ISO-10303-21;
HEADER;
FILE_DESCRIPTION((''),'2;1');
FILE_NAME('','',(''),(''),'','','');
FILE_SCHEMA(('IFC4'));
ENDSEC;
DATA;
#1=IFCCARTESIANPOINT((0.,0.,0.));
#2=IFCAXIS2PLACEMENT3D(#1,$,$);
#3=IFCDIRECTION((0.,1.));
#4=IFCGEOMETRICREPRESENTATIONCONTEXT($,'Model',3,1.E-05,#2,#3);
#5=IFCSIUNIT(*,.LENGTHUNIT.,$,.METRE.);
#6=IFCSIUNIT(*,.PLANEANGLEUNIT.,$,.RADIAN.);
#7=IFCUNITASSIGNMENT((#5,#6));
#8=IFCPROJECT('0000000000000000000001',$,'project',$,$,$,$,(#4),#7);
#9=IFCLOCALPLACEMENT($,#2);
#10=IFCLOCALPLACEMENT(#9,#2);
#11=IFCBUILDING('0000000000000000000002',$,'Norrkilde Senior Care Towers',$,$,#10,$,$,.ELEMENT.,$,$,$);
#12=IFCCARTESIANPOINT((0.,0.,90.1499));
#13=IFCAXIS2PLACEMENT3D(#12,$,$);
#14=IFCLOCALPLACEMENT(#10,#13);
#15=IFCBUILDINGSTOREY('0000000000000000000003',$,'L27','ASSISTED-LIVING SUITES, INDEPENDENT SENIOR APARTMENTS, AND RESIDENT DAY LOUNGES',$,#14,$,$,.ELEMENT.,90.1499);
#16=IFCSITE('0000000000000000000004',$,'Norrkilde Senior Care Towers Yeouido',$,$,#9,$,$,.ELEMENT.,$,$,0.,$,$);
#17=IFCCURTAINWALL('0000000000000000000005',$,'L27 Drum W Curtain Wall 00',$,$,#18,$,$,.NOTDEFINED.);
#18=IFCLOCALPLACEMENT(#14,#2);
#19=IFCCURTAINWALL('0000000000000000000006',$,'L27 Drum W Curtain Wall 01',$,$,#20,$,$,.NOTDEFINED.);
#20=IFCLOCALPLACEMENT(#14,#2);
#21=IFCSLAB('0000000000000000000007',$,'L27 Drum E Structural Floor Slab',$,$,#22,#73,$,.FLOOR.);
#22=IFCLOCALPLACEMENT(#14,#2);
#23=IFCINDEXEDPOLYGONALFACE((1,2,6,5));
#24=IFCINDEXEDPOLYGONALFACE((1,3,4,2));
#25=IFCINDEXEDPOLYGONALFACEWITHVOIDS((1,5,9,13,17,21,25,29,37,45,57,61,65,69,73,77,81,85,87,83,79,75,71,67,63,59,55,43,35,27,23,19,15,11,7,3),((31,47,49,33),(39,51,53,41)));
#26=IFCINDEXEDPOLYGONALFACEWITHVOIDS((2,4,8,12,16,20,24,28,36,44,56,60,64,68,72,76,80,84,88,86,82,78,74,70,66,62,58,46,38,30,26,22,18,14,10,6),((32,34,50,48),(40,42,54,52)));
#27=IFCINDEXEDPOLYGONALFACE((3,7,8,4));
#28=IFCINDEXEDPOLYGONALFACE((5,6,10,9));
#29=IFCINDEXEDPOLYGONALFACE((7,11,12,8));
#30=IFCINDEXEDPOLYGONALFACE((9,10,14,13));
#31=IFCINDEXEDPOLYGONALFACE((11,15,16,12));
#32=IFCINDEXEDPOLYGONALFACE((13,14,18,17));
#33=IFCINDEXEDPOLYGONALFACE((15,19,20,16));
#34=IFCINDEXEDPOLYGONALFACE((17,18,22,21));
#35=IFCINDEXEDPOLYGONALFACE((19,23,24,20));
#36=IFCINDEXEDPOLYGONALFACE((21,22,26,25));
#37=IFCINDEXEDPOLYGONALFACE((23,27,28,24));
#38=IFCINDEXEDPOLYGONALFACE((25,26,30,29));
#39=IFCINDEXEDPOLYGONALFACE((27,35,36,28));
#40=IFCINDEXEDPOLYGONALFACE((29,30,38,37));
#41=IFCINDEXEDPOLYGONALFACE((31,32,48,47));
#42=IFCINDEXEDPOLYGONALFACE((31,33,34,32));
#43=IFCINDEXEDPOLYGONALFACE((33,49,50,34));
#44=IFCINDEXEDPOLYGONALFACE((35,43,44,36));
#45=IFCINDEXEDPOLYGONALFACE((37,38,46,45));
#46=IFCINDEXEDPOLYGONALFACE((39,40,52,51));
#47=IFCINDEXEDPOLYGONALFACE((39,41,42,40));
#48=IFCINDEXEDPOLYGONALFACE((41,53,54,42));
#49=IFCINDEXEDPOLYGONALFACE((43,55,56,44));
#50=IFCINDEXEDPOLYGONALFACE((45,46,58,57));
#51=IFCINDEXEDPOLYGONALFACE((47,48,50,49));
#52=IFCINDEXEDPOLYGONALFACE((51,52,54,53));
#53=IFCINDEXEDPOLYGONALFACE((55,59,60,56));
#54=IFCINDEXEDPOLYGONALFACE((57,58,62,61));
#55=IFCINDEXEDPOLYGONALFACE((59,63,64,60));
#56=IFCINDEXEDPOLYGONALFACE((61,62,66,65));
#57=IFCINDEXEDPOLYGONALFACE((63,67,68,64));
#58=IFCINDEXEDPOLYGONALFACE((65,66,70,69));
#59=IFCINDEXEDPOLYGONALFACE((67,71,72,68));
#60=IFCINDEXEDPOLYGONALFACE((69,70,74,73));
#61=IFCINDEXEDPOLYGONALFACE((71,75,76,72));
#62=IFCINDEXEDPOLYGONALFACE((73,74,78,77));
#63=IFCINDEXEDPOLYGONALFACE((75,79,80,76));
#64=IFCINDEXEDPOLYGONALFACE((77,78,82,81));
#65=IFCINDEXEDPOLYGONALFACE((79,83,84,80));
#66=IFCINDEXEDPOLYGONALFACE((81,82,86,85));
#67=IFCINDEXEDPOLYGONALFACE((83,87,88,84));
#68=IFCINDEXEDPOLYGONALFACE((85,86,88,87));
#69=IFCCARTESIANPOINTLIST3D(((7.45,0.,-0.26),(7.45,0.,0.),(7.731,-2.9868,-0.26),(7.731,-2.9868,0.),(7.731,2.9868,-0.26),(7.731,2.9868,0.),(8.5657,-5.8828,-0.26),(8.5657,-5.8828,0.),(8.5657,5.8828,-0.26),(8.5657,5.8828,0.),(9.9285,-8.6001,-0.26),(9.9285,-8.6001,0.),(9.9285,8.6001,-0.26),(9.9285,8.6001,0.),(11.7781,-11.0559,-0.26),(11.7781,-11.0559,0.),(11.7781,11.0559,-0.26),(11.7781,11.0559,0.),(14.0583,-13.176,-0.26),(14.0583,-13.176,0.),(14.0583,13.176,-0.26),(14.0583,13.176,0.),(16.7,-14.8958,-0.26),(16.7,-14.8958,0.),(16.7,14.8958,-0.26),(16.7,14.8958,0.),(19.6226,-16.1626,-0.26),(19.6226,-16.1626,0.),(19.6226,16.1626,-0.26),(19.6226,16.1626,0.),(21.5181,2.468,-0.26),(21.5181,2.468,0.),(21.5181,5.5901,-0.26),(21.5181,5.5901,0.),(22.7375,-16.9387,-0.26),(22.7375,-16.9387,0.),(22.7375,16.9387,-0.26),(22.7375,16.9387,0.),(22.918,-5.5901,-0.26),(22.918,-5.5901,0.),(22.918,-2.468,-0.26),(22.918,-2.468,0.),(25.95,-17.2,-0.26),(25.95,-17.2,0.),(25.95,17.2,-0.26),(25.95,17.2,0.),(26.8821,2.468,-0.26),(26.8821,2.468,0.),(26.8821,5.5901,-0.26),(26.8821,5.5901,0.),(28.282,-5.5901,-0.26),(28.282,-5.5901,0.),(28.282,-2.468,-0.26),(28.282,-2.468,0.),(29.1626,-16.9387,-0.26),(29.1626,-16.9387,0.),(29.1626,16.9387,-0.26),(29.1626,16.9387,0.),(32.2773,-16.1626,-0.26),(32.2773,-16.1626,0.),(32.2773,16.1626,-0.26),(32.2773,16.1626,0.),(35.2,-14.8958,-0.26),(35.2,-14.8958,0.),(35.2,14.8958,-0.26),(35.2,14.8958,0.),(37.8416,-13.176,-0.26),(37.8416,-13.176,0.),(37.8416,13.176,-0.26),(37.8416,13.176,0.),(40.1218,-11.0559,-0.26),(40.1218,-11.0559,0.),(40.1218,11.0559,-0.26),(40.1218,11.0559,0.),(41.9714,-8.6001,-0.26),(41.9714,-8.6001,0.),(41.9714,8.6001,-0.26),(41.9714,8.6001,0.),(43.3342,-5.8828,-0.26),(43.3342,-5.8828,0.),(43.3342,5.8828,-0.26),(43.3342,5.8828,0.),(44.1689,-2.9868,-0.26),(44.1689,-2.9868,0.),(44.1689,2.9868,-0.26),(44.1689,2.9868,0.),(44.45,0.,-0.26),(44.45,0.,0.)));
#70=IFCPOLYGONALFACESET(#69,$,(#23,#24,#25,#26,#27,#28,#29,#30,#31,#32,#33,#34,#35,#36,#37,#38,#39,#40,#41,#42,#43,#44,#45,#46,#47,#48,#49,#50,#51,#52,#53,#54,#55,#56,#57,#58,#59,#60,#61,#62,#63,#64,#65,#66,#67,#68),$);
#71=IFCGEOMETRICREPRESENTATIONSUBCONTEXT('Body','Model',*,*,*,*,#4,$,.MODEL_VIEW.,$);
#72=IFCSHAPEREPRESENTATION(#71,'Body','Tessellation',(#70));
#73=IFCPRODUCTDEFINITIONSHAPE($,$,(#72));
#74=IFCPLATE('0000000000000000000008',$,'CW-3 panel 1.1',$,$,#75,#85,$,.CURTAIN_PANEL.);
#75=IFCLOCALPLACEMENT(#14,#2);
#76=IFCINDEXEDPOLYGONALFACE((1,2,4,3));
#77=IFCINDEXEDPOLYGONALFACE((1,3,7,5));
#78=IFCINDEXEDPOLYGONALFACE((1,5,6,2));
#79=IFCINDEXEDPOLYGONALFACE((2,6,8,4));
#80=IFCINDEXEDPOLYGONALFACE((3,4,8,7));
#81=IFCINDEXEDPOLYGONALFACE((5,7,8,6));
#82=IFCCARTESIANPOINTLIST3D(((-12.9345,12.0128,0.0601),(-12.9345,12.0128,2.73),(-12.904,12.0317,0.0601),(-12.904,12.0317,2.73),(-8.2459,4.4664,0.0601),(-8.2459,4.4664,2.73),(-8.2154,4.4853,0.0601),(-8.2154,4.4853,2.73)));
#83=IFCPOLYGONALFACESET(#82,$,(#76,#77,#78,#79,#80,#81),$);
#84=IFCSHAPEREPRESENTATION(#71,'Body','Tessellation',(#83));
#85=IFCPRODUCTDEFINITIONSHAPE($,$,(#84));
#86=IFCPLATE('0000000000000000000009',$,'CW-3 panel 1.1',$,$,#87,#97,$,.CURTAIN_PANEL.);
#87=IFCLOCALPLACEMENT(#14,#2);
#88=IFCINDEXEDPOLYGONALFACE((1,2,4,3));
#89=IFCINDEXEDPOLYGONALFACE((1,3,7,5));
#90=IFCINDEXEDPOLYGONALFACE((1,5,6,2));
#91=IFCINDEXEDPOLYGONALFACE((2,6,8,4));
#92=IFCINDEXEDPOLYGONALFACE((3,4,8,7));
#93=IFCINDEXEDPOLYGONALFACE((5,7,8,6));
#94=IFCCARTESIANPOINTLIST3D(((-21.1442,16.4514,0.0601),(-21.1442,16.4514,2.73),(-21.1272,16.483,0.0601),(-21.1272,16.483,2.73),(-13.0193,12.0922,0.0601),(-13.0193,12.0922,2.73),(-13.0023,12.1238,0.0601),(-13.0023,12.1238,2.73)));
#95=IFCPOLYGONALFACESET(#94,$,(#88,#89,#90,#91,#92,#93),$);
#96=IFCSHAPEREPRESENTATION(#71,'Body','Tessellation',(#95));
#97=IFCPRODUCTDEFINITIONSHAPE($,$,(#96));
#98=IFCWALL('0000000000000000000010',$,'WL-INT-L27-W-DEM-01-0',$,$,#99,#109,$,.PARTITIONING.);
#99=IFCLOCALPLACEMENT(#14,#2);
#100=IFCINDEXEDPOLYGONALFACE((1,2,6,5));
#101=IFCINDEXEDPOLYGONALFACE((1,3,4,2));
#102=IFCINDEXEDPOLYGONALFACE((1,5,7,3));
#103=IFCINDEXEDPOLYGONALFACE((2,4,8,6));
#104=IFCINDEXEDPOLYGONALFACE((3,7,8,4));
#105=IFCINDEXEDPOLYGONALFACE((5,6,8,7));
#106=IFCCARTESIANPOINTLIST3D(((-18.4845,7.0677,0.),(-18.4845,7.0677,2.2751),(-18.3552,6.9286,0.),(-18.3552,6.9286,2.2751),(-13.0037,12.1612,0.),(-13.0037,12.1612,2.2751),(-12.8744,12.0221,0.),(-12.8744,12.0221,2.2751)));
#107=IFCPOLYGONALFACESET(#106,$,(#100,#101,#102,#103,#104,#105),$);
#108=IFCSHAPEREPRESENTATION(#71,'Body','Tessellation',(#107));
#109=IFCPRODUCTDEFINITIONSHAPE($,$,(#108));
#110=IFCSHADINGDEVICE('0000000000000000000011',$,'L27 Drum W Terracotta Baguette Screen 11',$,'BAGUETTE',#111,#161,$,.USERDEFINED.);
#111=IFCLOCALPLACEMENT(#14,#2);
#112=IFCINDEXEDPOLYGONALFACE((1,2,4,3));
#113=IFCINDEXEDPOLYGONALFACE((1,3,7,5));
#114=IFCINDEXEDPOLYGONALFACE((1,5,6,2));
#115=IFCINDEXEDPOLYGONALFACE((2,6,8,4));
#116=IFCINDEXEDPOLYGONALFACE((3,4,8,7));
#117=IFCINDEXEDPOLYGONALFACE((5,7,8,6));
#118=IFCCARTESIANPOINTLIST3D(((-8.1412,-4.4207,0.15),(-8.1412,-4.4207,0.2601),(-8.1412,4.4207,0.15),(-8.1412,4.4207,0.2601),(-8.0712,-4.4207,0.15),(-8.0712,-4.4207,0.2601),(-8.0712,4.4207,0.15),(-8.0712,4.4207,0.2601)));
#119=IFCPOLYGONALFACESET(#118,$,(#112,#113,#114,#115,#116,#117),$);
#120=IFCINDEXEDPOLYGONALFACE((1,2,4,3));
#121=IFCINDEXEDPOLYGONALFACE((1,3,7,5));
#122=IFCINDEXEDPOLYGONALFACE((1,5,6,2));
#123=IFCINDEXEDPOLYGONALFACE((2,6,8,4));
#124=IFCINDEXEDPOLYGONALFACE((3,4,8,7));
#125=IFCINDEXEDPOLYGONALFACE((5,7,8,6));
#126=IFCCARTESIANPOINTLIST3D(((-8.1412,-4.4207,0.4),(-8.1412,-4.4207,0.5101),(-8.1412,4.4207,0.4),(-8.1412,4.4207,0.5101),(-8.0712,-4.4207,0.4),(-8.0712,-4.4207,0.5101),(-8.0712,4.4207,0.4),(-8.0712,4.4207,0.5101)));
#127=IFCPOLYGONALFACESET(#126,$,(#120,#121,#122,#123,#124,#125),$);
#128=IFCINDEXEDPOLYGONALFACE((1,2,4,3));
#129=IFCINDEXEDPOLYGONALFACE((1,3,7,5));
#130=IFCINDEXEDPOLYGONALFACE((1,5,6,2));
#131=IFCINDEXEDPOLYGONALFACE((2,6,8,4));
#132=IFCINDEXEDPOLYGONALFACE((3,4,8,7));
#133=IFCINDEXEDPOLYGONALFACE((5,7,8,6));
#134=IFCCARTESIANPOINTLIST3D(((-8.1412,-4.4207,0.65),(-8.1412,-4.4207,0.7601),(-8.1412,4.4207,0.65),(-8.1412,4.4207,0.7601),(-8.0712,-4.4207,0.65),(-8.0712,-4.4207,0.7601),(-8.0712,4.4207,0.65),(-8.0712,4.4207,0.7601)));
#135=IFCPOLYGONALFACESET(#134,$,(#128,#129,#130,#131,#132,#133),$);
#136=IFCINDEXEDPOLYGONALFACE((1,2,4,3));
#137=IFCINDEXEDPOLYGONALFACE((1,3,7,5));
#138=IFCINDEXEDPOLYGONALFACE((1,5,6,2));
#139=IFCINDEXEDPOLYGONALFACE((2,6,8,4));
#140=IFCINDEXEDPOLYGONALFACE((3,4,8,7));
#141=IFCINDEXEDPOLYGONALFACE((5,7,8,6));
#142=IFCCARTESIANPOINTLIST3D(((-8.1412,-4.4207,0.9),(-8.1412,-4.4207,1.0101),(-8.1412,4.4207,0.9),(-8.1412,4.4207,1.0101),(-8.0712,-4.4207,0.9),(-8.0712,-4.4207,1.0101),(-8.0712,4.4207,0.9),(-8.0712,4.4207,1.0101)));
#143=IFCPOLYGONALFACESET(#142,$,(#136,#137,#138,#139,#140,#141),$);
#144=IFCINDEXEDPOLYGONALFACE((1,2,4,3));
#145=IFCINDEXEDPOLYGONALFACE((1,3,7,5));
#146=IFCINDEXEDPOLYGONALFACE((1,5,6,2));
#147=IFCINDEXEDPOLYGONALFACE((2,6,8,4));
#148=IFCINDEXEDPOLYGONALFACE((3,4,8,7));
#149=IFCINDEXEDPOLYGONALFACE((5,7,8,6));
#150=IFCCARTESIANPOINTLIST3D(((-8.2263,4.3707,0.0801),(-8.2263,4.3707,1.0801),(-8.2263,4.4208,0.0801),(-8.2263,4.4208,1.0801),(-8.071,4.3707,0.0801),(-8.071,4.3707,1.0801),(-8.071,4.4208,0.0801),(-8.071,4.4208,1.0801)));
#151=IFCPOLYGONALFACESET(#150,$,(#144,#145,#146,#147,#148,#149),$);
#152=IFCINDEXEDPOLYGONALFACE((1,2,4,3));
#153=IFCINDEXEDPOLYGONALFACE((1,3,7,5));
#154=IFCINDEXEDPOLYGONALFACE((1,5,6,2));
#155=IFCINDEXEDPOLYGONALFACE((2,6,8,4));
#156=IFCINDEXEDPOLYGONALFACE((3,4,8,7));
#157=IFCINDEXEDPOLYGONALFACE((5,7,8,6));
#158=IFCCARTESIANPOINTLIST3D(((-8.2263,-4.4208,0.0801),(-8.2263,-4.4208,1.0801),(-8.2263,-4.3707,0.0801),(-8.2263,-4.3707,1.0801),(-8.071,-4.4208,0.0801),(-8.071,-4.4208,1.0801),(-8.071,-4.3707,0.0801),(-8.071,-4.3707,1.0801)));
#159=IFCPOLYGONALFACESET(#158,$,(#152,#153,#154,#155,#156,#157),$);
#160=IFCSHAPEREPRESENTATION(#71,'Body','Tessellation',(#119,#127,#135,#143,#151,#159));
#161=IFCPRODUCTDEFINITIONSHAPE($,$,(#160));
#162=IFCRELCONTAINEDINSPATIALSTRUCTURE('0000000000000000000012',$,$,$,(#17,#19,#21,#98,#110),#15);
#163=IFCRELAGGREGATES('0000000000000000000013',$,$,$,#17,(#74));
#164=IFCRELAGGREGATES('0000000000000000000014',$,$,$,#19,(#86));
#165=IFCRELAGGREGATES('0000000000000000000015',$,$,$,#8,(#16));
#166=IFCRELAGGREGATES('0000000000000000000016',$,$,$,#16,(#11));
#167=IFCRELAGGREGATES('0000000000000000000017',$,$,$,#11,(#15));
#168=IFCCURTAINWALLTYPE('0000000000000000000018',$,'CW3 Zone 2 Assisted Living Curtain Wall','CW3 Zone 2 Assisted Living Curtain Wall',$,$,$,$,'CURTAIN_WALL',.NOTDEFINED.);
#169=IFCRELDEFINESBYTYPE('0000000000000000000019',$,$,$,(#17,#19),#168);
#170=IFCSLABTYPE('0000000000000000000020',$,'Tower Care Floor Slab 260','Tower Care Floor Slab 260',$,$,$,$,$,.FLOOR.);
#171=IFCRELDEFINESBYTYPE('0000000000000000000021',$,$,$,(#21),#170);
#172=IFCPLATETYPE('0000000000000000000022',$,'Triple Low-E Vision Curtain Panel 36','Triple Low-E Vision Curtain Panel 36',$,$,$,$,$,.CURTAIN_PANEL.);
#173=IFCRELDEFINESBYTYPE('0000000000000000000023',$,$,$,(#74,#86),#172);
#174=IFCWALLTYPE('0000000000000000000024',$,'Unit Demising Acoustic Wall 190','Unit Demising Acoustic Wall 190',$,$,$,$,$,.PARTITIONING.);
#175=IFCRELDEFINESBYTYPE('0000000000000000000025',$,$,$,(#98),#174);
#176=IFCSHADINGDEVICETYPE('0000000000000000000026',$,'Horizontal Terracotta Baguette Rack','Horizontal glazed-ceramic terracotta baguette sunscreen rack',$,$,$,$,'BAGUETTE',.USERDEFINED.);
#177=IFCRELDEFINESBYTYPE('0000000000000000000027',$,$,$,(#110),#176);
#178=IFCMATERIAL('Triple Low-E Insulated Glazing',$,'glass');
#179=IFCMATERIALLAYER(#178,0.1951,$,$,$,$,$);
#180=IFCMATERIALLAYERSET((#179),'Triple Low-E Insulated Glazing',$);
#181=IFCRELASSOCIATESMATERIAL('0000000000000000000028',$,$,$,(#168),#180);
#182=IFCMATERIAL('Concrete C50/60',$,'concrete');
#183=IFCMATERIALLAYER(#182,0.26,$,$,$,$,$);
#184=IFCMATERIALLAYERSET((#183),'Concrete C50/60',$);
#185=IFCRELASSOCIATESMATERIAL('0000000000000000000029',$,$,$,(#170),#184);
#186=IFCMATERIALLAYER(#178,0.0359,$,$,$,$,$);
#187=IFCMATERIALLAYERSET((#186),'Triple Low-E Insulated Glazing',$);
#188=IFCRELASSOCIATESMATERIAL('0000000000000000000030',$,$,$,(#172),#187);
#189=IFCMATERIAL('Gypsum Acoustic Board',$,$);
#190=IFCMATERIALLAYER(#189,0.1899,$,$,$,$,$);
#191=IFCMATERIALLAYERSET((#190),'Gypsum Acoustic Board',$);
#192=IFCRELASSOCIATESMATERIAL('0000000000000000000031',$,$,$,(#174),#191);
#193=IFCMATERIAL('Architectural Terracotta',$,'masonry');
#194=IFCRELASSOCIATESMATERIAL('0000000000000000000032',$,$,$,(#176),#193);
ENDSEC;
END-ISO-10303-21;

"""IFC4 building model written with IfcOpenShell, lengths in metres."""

from ifc_helpers import new_model, si_unit, direction, frame, frame_2d, origin, origin_2d, place, context, subcontext, project, spatial, polyline, rectangle, outline, extrude, source, transform, mapped, material, layer, layer_set, type_object, type_shapes, element, aggregate, save


model = new_model("IFC4")

# Units and contexts
model_context = context("Model", 3, precision=1e-05, world=origin(), true_north=direction((0.0, 1.0)))
body_context = subcontext(model_context, "Body", "Model", "MODEL_VIEW")
ifc_project = project(units=[si_unit("LENGTHUNIT", "METRE"), si_unit("PLANEANGLEUNIT", "RADIAN")], contexts=[model_context])

# Site, building, storey
site_placement = place(None, origin())
site = spatial("IfcSite", under=ifc_project, at=site_placement, Name="Norrkilde Senior Care Towers Yeouido", CompositionType="ELEMENT", RefElevation=0.0)
building_placement = place(site_placement, origin())
building = spatial("IfcBuilding", under=site, at=building_placement, Name="Norrkilde Senior Care Towers", CompositionType="ELEMENT")
storey_placement = place(building_placement, frame((0.0, 0.0, 90.1499)))
storey = spatial("IfcBuildingStorey", under=building, at=storey_placement, Name="L27", Description="ASSISTED-LIVING SUITES, INDEPENDENT SENIOR APARTMENTS, AND RESIDENT DAY LOUNGES", CompositionType="ELEMENT", Elevation=90.1499)

# Curtain wall
ifc_material_1 = material(Name="Triple Low-E Insulated Glazing", Category="glass")
ifc_layer_1 = layer(ifc_material_1, 0.1951)
ifc_layer_set_1 = layer_set([ifc_layer_1], Name="Triple Low-E Insulated Glazing")
curtain_wall_type = type_object("IfcCurtainWallType", Name="CW3 Zone 2 Assisted Living Curtain Wall", Description="CW3 Zone 2 Assisted Living Curtain Wall", ElementType="CURTAIN_WALL", PredefinedType="NOTDEFINED", material=ifc_layer_set_1)
curtain_wall_1_placement = place(storey_placement, origin())
curtain_wall_1 = element("IfcCurtainWall", 1, at=curtain_wall_1_placement, inside=storey, type_object=curtain_wall_type, Name="L27 Drum W Curtain Wall 00", PredefinedType="NOTDEFINED")

# Curtain wall
curtain_wall_2_placement = place(storey_placement, origin())
curtain_wall_2 = element("IfcCurtainWall", 2, at=curtain_wall_2_placement, inside=storey, type_object=curtain_wall_type, Name="L27 Drum W Curtain Wall 01", PredefinedType="NOTDEFINED")

# Shared definitions
ifc_material_2 = material(Name="Concrete C50/60", Category="concrete")

# Slab
ifc_layer_2 = layer(ifc_material_2, 0.26)
ifc_layer_set_2 = layer_set([ifc_layer_2], Name="Concrete C50/60")
slab_type_1 = type_object("IfcSlabType", Name="Tower Care Floor Slab 260", Description="Tower Care Floor Slab 260", PredefinedType="FLOOR", material=ifc_layer_set_2)
slab_1_placement = place(storey_placement, frame((0.0, 0.0, -0.26)))
element("IfcSlab", 3, at=slab_1_placement, inside=storey, type_object=slab_type_1, Name="L27 Drum E Structural Floor Slab", PredefinedType="FLOOR", context=body_context, shape_type="SweptSolid", body=[
    extrude(outline(polyline([(43.3342, -5.8828), (41.9714, -8.6001), (40.1218, -11.0559), (37.8416, -13.176), (35.2, -14.8958), (32.2773, -16.1626), (29.1626, -16.9387), (25.95, -17.2), (22.7375, -16.9387), (19.6226, -16.1626), (16.7, -14.8958), (14.0583, -13.176), (11.7781, -11.0559), (9.9285, -8.6001), (8.5657, -5.8828), (7.731, -2.9868), (7.45, 0.0), (7.731, 2.9868), (8.5657, 5.8828), (9.9285, 8.6001), (11.7781, 11.0559), (14.0583, 13.176), (16.7, 14.8958), (19.6226, 16.1626), (22.7375, 16.9387), (25.95, 17.2), (29.1626, 16.9387), (32.2773, 16.1626), (35.2, 14.8958), (37.8416, 13.176), (40.1218, 11.0559), (41.9714, 8.6001), (43.3342, 5.8828), (44.1689, 2.9868), (44.45, 0.0), (44.1689, -2.9868), (43.3342, -5.8828)]), holes=[polyline([(21.5181, 2.468), (26.8821, 2.468), (26.8821, 5.5901), (21.5181, 5.5901), (21.5181, 2.468)]), polyline([(28.282, -5.5901), (28.282, -2.468), (22.918, -2.468), (22.918, -5.5901), (28.282, -5.5901)])]), origin(), (0.0, 0.0, 1.0), 0.26),
])

# Plates
ifc_layer_3 = layer(ifc_material_1, 0.0359)
ifc_layer_set_3 = layer_set([ifc_layer_3], Name="Triple Low-E Insulated Glazing")
plate_type = type_object("IfcPlateType", Name="Triple Low-E Vision Curtain Panel 36", Description="Triple Low-E Vision Curtain Panel 36", PredefinedType="CURTAIN_PANEL", material=ifc_layer_set_3)
shared_shape_1 = source(origin(), body_context, "Body", "SweptSolid", [
    extrude(rectangle(XDim=8.8843, YDim=0.0359, at=origin_2d()), origin(), (0.0, 0.0, 1.0), 2.6699),
])
plate_1_placement = place(storey_placement, frame((-10.575, 8.249, 0.0601), z_axis=(0.0, 0.0, 1.0), x_axis=(0.527733, -0.84941, 0.0)))
plate_1 = element("IfcPlate", 4, at=plate_1_placement, type_object=plate_type, Name="CW-3 panel 1.1", PredefinedType="CURTAIN_PANEL", context=body_context, shape_type="MappedRepresentation", body=[
    mapped(shared_shape_1, transform((0.0, 0.0, 0.0), x_axis=(1.0, 0.0, 0.0), y_axis=(0.0, 1.0, 0.0), z_axis=(0.0, 0.0, 1.0), scale=1.0)),
])
aggregate(curtain_wall_1, [plate_1])
shared_shape_2 = source(origin(), body_context, "Body", "SweptSolid", [
    extrude(rectangle(XDim=9.2205, YDim=0.0359, at=origin_2d()), origin(), (0.0, 0.0, 1.0), 2.6699),
])
type_shapes(plate_type, [shared_shape_1, shared_shape_2])
plate_2_placement = place(storey_placement, frame((-17.0732, 14.2876, 0.0601), z_axis=(0.0, 0.0, 1.0), x_axis=(0.881186, -0.472769, 0.0)))
plate_2 = element("IfcPlate", 5, at=plate_2_placement, type_object=plate_type, Name="CW-3 panel 1.1", PredefinedType="CURTAIN_PANEL", context=body_context, shape_type="MappedRepresentation", body=[
    mapped(shared_shape_2, transform((0.0, 0.0, 0.0), x_axis=(1.0, 0.0, 0.0), y_axis=(0.0, 1.0, 0.0), z_axis=(0.0, 0.0, 1.0), scale=1.0)),
])
aggregate(curtain_wall_2, [plate_2])

# Wall
ifc_material_3 = material(Name="Gypsum Acoustic Board")
ifc_layer_4 = layer(ifc_material_3, 0.1899)
ifc_layer_set_4 = layer_set([ifc_layer_4], Name="Gypsum Acoustic Board")
wall_type = type_object("IfcWallType", Name="Unit Demising Acoustic Wall 190", Description="Unit Demising Acoustic Wall 190", PredefinedType="PARTITIONING", material=ifc_layer_set_4)
shared_shape_3 = source(origin(), body_context, "Body", "SweptSolid", [
    extrude(rectangle(XDim=7.4822, YDim=0.1899, at=frame_2d((3.7412, 0.0))), origin(), (0.0, 0.0, 1.0), 2.2751),
])
type_shapes(wall_type, [shared_shape_3])
wall_placement = place(storey_placement, frame((-18.4199, 6.998, 0.0), z_axis=(0.0, 0.0, 1.0), x_axis=(0.732509, 0.680758, 0.0)))
element("IfcWall", 6, at=wall_placement, inside=storey, type_object=wall_type, Name="WL-INT-L27-W-DEM-01-0", PredefinedType="PARTITIONING", context=body_context, shape_type="MappedRepresentation", body=[
    mapped(shared_shape_3, transform((0.0, 0.0, 0.0), x_axis=(1.0, 0.0, 0.0), y_axis=(0.0, 1.0, 0.0), z_axis=(0.0, 0.0, 1.0), scale=1.0)),
])

# Shading device
ifc_material_4 = material(Name="Architectural Terracotta", Category="masonry")
shading_device_type = type_object("IfcShadingDeviceType", Name="Horizontal Terracotta Baguette Rack", Description="Horizontal glazed-ceramic terracotta baguette sunscreen rack", ElementType="BAGUETTE", PredefinedType="USERDEFINED", material=ifc_material_4)
shared_shape_4 = source(origin(), body_context, "Body", "SweptSolid", [
    extrude(rectangle(XDim=0.0701, YDim=0.1101, at=origin_2d()), frame((0.0, 0.0901, 0.125), z_axis=(1.0, 0.0, 0.0), x_axis=(0.0, 1.0, 0.0)), (0.0, 0.0, 1.0), 8.8413),
    extrude(rectangle(XDim=0.0701, YDim=0.1101, at=origin_2d()), frame((0.0, 0.0901, 0.375), z_axis=(1.0, 0.0, 0.0), x_axis=(0.0, 1.0, 0.0)), (0.0, 0.0, 1.0), 8.8413),
    extrude(rectangle(XDim=0.0701, YDim=0.1101, at=origin_2d()), frame((0.0, 0.0901, 0.625), z_axis=(1.0, 0.0, 0.0), x_axis=(0.0, 1.0, 0.0)), (0.0, 0.0, 1.0), 8.8413),
    extrude(rectangle(XDim=0.0701, YDim=0.1101, at=origin_2d()), frame((0.0, 0.0901, 0.875), z_axis=(1.0, 0.0, 0.0), x_axis=(0.0, 1.0, 0.0)), (0.0, 0.0, 1.0), 8.8413),
    extrude(rectangle(XDim=0.05, YDim=0.1553, at=origin_2d()), frame((0.0249, 0.0476, 0.0)), (0.0, 0.0, 1.0), 1.0),
    extrude(rectangle(XDim=0.05, YDim=0.1553, at=origin_2d()), frame((8.8164, 0.0476, 0.0)), (0.0, 0.0, 1.0), 1.0),
])
type_shapes(shading_device_type, [shared_shape_4])
shading_device_placement = place(storey_placement, frame((-8.1963, 4.4207, 0.0801), z_axis=(0.0, 0.0, 1.0), x_axis=(0.0, -1.0, 0.0)))
element("IfcShadingDevice", 7, at=shading_device_placement, inside=storey, type_object=shading_device_type, Name="L27 Drum W Terracotta Baguette Screen 11", ObjectType="BAGUETTE", PredefinedType="USERDEFINED", context=body_context, shape_type="MappedRepresentation", body=[
    mapped(shared_shape_4, transform((0.0, 0.0, 0.0), x_axis=(1.0, 0.0, 0.0), y_axis=(0.0, 1.0, 0.0), z_axis=(0.0, 0.0, 1.0), scale=1.0)),
])

save(model, "model.ifc")
